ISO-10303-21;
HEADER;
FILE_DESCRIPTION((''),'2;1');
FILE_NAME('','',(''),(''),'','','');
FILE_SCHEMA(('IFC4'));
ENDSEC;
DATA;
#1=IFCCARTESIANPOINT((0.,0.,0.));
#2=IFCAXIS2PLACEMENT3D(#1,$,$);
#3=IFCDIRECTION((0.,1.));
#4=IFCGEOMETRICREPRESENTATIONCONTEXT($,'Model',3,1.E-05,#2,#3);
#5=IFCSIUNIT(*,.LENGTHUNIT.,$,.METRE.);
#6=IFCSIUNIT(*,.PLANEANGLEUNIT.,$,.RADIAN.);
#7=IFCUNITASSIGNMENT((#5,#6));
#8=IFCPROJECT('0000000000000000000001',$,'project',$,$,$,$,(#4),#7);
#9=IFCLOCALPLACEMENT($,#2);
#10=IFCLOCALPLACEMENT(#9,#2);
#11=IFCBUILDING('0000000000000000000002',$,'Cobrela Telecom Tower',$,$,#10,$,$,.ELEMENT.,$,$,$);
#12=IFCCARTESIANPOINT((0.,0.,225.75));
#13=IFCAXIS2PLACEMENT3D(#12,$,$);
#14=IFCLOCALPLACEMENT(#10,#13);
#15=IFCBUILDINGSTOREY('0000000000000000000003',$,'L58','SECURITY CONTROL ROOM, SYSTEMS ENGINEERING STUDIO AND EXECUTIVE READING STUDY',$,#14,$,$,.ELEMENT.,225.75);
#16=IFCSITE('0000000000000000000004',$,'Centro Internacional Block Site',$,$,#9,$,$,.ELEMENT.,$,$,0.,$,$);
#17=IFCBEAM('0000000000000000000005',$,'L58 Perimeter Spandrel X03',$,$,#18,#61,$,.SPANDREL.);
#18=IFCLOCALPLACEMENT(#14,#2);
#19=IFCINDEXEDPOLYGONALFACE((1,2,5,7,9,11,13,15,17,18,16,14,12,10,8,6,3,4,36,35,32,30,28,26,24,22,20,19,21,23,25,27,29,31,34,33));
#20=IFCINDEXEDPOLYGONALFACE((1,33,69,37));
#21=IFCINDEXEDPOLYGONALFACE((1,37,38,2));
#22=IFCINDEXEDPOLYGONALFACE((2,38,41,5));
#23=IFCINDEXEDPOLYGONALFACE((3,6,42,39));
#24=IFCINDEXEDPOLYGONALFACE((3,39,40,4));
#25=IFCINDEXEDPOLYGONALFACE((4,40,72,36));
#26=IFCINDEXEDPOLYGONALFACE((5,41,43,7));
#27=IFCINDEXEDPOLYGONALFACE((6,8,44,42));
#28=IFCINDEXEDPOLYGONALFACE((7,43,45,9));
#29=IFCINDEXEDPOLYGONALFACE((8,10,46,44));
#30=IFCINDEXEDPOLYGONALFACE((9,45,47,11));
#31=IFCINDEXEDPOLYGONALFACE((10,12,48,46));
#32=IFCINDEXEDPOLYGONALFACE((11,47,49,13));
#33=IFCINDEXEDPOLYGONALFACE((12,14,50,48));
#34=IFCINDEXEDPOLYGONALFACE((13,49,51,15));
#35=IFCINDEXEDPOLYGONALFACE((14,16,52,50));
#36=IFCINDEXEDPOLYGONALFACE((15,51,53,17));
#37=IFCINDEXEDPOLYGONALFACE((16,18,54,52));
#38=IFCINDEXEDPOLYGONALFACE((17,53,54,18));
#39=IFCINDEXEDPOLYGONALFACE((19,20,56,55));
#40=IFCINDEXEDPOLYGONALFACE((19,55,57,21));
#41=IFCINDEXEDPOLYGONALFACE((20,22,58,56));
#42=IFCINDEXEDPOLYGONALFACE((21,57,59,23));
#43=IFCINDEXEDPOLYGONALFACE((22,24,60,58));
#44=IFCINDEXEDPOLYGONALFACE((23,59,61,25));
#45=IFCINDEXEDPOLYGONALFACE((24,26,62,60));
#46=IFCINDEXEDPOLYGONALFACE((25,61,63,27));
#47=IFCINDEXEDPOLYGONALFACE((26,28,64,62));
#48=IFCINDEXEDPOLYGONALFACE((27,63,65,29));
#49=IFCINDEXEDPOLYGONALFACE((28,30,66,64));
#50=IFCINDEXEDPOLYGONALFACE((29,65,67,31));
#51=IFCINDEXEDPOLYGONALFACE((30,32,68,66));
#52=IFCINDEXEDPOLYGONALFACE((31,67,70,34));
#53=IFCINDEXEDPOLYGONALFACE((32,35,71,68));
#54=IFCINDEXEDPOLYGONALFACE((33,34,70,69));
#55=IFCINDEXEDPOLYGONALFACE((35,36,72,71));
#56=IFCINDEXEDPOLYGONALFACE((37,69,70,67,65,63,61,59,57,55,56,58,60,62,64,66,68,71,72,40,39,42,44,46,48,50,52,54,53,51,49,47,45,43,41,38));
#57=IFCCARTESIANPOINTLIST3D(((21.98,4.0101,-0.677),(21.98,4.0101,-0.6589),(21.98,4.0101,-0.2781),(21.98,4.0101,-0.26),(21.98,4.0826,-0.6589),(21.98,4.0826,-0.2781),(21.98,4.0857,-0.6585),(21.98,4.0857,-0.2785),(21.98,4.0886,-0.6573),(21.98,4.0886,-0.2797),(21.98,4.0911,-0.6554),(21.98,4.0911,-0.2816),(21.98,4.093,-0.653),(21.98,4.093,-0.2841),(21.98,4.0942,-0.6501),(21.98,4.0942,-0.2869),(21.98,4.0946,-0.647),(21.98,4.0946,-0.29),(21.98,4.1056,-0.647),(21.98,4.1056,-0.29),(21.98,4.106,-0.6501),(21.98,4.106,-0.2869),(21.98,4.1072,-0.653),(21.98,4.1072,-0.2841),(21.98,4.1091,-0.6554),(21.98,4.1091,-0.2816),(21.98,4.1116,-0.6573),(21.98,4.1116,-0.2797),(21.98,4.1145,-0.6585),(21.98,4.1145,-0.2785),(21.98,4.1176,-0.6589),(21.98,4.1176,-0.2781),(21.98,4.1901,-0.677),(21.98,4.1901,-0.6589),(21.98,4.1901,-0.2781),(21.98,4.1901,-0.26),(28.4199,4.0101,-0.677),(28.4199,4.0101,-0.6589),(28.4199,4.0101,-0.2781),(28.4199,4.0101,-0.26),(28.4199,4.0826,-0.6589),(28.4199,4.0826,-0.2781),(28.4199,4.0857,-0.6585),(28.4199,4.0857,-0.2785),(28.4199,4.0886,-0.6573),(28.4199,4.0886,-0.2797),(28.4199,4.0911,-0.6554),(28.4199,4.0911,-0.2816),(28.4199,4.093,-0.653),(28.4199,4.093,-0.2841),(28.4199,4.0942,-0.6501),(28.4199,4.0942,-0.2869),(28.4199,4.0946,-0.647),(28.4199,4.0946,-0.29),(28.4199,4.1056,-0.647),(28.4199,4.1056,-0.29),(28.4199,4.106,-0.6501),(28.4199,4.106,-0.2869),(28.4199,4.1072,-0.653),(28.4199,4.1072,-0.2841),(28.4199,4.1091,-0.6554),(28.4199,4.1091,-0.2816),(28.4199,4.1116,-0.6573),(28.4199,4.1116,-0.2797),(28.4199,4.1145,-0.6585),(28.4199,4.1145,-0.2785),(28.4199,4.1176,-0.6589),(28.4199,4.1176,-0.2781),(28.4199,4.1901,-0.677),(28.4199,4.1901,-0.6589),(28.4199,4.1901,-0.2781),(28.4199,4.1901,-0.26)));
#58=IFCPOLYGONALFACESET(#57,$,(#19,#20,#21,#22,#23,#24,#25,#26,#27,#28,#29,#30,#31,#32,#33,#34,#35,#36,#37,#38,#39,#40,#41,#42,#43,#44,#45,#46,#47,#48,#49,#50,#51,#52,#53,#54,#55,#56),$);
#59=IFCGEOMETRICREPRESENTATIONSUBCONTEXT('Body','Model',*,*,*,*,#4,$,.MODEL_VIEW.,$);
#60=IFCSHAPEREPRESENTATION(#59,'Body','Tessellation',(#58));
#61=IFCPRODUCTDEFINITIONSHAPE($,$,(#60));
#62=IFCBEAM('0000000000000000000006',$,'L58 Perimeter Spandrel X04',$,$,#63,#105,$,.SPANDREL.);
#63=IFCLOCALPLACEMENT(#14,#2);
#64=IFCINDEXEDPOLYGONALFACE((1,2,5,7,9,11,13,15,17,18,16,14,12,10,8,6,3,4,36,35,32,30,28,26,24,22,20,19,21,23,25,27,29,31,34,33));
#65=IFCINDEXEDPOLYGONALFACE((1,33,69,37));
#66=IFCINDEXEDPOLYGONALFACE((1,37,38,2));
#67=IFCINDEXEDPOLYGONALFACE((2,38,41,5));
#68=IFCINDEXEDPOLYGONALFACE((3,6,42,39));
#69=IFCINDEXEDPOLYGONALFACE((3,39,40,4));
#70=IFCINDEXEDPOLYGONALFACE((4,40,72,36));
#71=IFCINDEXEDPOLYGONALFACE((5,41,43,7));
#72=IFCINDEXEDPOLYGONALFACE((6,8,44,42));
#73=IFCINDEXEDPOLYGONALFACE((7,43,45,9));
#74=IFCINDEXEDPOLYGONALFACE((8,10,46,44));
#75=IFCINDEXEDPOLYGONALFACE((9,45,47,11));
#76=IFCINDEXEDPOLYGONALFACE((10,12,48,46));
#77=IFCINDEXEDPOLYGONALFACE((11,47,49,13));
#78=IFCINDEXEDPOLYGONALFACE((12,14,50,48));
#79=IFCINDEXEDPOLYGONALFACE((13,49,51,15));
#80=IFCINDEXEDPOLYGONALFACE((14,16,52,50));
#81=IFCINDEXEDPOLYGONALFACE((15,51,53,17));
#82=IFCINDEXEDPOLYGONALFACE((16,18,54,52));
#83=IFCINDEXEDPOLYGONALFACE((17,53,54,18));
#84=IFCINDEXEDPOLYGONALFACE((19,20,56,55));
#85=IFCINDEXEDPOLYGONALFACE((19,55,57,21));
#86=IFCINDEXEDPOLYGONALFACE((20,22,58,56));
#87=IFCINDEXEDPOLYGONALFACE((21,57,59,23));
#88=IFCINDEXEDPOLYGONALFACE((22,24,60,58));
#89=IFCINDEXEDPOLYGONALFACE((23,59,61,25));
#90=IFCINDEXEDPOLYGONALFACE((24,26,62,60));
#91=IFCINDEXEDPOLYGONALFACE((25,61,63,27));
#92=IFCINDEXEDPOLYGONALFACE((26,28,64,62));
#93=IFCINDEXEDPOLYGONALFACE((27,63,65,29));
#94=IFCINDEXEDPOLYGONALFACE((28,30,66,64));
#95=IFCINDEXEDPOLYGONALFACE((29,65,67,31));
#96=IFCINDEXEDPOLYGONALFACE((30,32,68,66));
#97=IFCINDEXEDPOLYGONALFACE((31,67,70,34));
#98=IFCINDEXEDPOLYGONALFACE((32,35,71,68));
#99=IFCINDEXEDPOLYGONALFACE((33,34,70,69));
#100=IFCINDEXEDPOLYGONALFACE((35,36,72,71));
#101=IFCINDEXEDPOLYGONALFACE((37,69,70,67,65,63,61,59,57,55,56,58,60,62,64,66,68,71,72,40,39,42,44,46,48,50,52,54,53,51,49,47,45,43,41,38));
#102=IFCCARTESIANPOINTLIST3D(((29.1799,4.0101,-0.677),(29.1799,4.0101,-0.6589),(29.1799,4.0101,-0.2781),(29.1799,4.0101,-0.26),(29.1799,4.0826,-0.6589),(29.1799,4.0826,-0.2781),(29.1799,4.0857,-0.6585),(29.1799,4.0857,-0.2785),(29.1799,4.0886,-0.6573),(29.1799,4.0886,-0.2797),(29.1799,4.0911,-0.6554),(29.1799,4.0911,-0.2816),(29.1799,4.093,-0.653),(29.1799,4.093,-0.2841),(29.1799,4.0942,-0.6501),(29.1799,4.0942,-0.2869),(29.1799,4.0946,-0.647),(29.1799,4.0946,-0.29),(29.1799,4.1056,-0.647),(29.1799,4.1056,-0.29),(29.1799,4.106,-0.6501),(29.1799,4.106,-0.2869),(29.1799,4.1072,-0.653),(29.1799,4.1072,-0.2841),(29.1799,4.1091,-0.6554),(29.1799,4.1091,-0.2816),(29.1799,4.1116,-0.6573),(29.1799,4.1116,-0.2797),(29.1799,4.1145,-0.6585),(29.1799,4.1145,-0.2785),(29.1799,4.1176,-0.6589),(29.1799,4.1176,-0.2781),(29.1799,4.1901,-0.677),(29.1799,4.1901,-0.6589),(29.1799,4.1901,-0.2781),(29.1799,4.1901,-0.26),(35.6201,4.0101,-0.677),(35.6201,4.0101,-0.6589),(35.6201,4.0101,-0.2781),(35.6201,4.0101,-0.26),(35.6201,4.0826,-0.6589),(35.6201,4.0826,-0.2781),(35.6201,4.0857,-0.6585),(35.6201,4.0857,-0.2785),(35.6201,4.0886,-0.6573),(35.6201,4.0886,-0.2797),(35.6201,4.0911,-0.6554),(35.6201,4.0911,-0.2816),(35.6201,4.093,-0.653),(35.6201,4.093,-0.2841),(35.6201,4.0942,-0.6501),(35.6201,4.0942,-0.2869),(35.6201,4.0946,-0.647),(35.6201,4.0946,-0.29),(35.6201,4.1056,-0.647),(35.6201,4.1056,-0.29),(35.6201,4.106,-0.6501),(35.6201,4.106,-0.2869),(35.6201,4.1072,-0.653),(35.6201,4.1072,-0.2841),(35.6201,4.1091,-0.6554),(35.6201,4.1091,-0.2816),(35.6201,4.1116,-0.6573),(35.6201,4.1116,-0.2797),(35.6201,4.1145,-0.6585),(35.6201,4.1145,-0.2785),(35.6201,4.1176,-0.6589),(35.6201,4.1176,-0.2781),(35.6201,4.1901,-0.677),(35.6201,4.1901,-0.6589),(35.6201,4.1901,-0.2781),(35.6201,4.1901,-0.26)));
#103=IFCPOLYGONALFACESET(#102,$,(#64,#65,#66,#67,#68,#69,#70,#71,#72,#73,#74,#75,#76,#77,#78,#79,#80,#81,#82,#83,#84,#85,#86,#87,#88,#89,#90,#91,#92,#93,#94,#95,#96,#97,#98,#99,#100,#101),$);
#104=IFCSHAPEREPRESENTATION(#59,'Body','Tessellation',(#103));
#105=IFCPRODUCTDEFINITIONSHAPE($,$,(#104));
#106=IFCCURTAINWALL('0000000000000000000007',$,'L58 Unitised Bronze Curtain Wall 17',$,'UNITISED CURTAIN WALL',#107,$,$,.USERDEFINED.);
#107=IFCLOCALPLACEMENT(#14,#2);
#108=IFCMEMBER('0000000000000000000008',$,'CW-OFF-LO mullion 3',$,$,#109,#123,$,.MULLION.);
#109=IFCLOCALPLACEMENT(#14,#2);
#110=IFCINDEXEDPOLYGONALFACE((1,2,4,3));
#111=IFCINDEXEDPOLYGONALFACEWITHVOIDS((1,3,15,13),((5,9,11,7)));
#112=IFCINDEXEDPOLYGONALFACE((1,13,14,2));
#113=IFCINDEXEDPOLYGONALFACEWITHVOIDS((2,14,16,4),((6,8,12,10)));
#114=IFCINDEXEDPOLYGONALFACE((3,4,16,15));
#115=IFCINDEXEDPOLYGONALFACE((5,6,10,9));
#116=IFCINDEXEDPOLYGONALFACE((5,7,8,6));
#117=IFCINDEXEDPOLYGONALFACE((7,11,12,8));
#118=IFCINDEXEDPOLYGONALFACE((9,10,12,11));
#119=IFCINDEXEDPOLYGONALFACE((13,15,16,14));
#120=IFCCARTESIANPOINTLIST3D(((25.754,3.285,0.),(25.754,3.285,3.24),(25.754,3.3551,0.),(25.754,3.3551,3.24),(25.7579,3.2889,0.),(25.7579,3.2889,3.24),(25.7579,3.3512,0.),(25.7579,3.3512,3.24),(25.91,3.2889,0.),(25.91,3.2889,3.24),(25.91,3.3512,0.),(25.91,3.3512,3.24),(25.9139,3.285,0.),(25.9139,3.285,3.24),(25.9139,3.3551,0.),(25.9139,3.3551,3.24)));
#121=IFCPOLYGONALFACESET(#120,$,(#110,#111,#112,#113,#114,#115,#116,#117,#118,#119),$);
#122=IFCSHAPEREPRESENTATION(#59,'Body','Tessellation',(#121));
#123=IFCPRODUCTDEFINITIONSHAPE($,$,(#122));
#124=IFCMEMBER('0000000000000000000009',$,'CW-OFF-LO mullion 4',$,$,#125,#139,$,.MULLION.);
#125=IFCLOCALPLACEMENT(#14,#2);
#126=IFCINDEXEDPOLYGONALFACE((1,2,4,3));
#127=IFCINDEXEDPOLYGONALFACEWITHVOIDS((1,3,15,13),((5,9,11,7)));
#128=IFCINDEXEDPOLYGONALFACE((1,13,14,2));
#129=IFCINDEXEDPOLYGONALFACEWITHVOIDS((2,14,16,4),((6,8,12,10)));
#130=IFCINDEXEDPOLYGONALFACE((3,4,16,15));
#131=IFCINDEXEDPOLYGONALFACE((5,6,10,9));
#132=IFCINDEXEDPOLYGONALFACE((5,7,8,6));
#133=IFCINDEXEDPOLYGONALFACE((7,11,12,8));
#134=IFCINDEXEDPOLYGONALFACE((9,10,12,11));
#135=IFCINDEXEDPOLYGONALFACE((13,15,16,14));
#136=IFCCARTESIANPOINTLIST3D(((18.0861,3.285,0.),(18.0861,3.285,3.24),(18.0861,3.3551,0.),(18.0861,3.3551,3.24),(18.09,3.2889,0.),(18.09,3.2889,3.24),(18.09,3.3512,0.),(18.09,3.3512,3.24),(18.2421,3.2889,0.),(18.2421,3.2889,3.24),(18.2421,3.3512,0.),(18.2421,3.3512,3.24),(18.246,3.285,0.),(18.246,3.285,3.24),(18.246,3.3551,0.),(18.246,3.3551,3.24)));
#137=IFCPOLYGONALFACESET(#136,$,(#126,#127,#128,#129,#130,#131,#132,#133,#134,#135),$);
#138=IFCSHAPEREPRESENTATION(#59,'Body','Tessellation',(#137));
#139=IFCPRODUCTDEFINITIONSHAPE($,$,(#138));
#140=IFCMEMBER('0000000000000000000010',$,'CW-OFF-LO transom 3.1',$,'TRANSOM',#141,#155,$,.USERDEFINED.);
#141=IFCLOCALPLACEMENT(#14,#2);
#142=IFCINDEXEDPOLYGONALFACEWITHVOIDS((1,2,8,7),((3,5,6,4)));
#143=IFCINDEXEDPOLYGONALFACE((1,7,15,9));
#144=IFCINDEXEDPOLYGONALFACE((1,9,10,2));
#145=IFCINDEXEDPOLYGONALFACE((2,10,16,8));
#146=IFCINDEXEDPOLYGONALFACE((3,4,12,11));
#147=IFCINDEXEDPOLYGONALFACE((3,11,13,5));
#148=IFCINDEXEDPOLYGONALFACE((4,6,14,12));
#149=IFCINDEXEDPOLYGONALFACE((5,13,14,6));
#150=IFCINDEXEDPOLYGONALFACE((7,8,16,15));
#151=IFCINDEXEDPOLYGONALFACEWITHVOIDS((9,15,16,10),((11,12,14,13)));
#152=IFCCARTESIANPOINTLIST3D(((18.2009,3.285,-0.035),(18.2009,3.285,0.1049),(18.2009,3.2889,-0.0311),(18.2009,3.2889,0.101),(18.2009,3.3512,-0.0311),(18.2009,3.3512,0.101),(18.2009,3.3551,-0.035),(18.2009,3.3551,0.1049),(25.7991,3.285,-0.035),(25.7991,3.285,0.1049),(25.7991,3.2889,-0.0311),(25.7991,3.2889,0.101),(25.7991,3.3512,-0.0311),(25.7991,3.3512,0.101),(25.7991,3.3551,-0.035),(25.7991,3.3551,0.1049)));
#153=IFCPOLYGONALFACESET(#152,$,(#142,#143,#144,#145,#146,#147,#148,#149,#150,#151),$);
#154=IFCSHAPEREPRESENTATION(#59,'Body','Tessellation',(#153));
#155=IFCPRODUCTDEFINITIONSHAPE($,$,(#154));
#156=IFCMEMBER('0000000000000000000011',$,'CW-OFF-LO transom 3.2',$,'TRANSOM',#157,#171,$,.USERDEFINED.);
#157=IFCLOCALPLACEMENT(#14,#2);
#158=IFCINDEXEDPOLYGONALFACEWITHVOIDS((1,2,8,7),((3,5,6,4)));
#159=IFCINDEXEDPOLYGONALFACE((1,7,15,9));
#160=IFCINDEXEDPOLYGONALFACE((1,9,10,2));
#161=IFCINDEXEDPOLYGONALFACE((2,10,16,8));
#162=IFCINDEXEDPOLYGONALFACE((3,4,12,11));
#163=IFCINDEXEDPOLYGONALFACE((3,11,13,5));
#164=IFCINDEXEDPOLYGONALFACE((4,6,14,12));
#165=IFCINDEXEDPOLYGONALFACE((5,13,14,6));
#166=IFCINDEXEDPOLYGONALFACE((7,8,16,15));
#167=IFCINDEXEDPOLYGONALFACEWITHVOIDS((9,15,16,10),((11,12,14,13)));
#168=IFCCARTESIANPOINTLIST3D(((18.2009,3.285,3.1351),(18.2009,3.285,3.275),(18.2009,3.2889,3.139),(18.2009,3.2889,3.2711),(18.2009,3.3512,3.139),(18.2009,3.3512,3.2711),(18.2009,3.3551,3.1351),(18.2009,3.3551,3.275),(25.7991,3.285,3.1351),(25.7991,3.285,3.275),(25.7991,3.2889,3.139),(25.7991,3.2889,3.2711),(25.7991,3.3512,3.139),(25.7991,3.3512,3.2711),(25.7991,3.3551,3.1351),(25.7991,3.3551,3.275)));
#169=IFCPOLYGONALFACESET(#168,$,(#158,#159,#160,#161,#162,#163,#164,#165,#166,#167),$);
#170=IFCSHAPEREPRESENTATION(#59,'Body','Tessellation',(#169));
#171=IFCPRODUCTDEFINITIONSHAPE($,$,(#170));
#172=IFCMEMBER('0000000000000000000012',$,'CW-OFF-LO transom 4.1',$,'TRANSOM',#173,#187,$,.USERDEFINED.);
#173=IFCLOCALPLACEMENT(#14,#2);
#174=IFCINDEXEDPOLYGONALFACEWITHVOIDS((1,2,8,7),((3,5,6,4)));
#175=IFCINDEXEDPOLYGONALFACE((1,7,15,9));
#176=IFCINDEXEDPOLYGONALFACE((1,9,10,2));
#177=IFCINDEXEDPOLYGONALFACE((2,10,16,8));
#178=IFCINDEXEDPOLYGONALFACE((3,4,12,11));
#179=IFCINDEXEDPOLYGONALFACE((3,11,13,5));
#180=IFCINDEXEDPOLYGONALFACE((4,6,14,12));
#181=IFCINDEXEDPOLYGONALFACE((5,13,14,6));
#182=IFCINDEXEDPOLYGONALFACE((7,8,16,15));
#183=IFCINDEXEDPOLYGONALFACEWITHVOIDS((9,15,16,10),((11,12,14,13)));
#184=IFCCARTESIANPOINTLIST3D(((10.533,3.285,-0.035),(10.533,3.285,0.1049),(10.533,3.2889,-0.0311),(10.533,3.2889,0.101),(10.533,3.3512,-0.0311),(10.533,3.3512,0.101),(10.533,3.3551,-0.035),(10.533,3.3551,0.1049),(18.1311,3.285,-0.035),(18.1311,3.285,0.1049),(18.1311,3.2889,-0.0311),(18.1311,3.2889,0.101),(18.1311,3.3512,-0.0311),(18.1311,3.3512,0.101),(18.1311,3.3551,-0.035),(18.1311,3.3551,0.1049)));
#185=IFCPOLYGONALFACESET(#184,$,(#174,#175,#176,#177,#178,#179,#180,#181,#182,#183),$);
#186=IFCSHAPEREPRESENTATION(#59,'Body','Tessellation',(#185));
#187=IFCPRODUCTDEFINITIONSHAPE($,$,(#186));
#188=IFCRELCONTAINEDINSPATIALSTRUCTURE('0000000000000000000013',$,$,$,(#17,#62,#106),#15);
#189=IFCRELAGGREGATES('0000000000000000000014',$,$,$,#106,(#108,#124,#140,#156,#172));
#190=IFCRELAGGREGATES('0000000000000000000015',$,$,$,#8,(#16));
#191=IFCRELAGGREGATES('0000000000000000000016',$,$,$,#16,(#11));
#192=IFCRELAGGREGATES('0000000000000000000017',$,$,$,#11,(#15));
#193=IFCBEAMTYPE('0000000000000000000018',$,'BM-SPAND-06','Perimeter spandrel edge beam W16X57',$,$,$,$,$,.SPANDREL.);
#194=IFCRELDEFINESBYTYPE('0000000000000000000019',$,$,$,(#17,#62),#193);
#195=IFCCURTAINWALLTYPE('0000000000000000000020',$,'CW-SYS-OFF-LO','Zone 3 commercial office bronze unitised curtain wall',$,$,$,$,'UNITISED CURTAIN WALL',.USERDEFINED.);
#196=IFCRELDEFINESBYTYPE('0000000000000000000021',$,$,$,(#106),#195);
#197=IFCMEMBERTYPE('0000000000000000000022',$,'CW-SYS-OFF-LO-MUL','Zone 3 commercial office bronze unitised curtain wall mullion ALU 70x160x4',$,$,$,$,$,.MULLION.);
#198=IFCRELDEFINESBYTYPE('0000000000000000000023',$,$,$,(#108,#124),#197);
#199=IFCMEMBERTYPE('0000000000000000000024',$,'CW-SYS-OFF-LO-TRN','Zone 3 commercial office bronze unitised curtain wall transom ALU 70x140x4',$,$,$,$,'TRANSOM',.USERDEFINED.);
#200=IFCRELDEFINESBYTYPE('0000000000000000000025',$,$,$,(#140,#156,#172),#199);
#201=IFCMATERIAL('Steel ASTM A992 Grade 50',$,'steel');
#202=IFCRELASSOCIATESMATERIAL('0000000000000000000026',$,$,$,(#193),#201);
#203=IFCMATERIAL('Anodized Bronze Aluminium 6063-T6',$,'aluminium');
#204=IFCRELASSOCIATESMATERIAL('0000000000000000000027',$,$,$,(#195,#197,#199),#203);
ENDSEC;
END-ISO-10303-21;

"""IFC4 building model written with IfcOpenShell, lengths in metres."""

from ifc_helpers import new_model, si_unit, direction, frame, origin, origin_2d, place, context, subcontext, project, spatial, hollow_rectangle, i_section, extrude, material, material_profile, profile_set, type_object, element, aggregate, save


model = new_model("IFC4")

# Units and contexts
model_context = context("Model", 3, precision=1e-05, world=origin(), true_north=direction((0.0, 1.0)))
body_context = subcontext(model_context, "Body", "Model", "MODEL_VIEW")
ifc_project = project(units=[si_unit("LENGTHUNIT", "METRE"), si_unit("PLANEANGLEUNIT", "RADIAN")], contexts=[model_context])

# Site, building, storey
site_placement = place(None, origin())
site = spatial("IfcSite", under=ifc_project, at=site_placement, Name="Centro Internacional Block Site", CompositionType="ELEMENT", RefElevation=0.0)
building_placement = place(site_placement, origin())
building = spatial("IfcBuilding", under=site, at=building_placement, Name="Cobrela Telecom Tower", CompositionType="ELEMENT")
storey_placement = place(building_placement, frame((0.0, 0.0, 225.75)))
storey = spatial("IfcBuildingStorey", under=building, at=storey_placement, Name="L58", Description="SECURITY CONTROL ROOM, SYSTEMS ENGINEERING STUDIO AND EXECUTIVE READING STUDY", CompositionType="ELEMENT", Elevation=225.75)

# Shared definitions
ifc_material_1 = material(Name="Steel ASTM A992 Grade 50", Category="steel")

# Beams
ifc_material_profile_1 = material_profile(ifc_material_1, i_section(OverallWidth=0.1799, OverallDepth=0.417, WebThickness=0.011, FlangeThickness=0.0181, FilletRadius=0.012, at=origin_2d()), Name="W16X57")
ifc_profile_set_1 = profile_set([ifc_material_profile_1], Name="Steel ASTM A992 Grade 50")
beam_type_1 = type_object("IfcBeamType", Name="BM-SPAND-06", Description="Perimeter spandrel edge beam W16X57", PredefinedType="SPANDREL", material=ifc_profile_set_1)
beam_1_placement = place(storey_placement, frame((21.98, 4.1001, -0.4685), z_axis=(1.0, 0.0, 0.0), x_axis=(0.0, 1.0, 0.0)))
element("IfcBeam", 1, at=beam_1_placement, inside=storey, type_object=beam_type_1, Name="L58 Perimeter Spandrel X03", PredefinedType="SPANDREL", context=body_context, shape_type="SweptSolid", body=[
    extrude(i_section(OverallWidth=0.1799, OverallDepth=0.417, WebThickness=0.011, FlangeThickness=0.0181, FilletRadius=0.012, at=origin_2d()), origin(), (0.0, 0.0, 1.0), 6.4399),
])
beam_2_placement = place(storey_placement, frame((29.1799, 4.1001, -0.4685), z_axis=(1.0, 0.0, 0.0), x_axis=(0.0, 1.0, 0.0)))
element("IfcBeam", 2, at=beam_2_placement, inside=storey, type_object=beam_type_1, Name="L58 Perimeter Spandrel X04", PredefinedType="SPANDREL", context=body_context, shape_type="SweptSolid", body=[
    extrude(i_section(OverallWidth=0.1799, OverallDepth=0.417, WebThickness=0.011, FlangeThickness=0.0181, FilletRadius=0.012, at=origin_2d()), origin(), (0.0, 0.0, 1.0), 6.4402),
])

# Curtain wall, members
ifc_material_2 = material(Name="Anodized Bronze Aluminium 6063-T6", Category="aluminium")
curtain_wall_type = type_object("IfcCurtainWallType", Name="CW-SYS-OFF-LO", Description="Zone 3 commercial office bronze unitised curtain wall", ElementType="UNITISED CURTAIN WALL", PredefinedType="USERDEFINED", material=ifc_material_2)
curtain_wall_placement = place(storey_placement, origin())
curtain_wall = element("IfcCurtainWall", 3, at=curtain_wall_placement, inside=storey, type_object=curtain_wall_type, Name="L58 Unitised Bronze Curtain Wall 17", ObjectType="UNITISED CURTAIN WALL", PredefinedType="USERDEFINED")
ifc_material_profile_2 = material_profile(ifc_material_2, hollow_rectangle(XDim=0.0701, YDim=0.1599, WallThickness=0.0039, at=origin_2d()), Name="ALU 70x160x4")
ifc_profile_set_2 = profile_set([ifc_material_profile_2], Name="Anodized Bronze Aluminium 6063-T6")
member_type_1 = type_object("IfcMemberType", Name="CW-SYS-OFF-LO-MUL", Description="Zone 3 commercial office bronze unitised curtain wall mullion ALU 70x160x4", PredefinedType="MULLION", material=ifc_profile_set_2)
member_1_placement = place(storey_placement, frame((25.834, 3.3201, 0.0), z_axis=(0.0, 0.0, 1.0), x_axis=(0.0, -1.0, 0.0)))
member_1 = element("IfcMember", 4, at=member_1_placement, type_object=member_type_1, Name="CW-OFF-LO mullion 3", PredefinedType="MULLION", context=body_context, shape_type="SweptSolid", body=[
    extrude(hollow_rectangle(XDim=0.0701, YDim=0.1599, WallThickness=0.0039, at=origin_2d()), origin(), (0.0, 0.0, 1.0), 3.24),
])
member_2_placement = place(storey_placement, frame((18.166, 3.3201, 0.0), z_axis=(0.0, 0.0, 1.0), x_axis=(0.0, -1.0, 0.0)))
member_2 = element("IfcMember", 5, at=member_2_placement, type_object=member_type_1, Name="CW-OFF-LO mullion 4", PredefinedType="MULLION", context=body_context, shape_type="SweptSolid", body=[
    extrude(hollow_rectangle(XDim=0.0701, YDim=0.1599, WallThickness=0.0039, at=origin_2d()), origin(), (0.0, 0.0, 1.0), 3.24),
])
ifc_material_profile_3 = material_profile(ifc_material_2, hollow_rectangle(XDim=0.0701, YDim=0.1399, WallThickness=0.0039, at=origin_2d()), Name="ALU 70x140x4")
ifc_profile_set_3 = profile_set([ifc_material_profile_3], Name="Anodized Bronze Aluminium 6063-T6")
member_type_2 = type_object("IfcMemberType", Name="CW-SYS-OFF-LO-TRN", Description="Zone 3 commercial office bronze unitised curtain wall transom ALU 70x140x4", ElementType="TRANSOM", PredefinedType="USERDEFINED", material=ifc_profile_set_3)
member_3_placement = place(storey_placement, frame((25.7991, 3.3201, 0.0349), z_axis=(-1.0, 0.0, 0.0), x_axis=(0.0, -1.0, 0.0)))
member_3 = element("IfcMember", 6, at=member_3_placement, type_object=member_type_2, Name="CW-OFF-LO transom 3.1", ObjectType="TRANSOM", PredefinedType="USERDEFINED", context=body_context, shape_type="SweptSolid", body=[
    extrude(hollow_rectangle(XDim=0.0701, YDim=0.1399, WallThickness=0.0039, at=origin_2d()), origin(), (0.0, 0.0, 1.0), 7.5981),
])
member_4_placement = place(storey_placement, frame((25.7991, 3.3201, 3.2051), z_axis=(-1.0, 0.0, 0.0), x_axis=(0.0, -1.0, 0.0)))
member_4 = element("IfcMember", 7, at=member_4_placement, type_object=member_type_2, Name="CW-OFF-LO transom 3.2", ObjectType="TRANSOM", PredefinedType="USERDEFINED", context=body_context, shape_type="SweptSolid", body=[
    extrude(hollow_rectangle(XDim=0.0701, YDim=0.1399, WallThickness=0.0039, at=origin_2d()), origin(), (0.0, 0.0, 1.0), 7.5981),
])
member_5_placement = place(storey_placement, frame((18.1311, 3.3201, 0.0349), z_axis=(-1.0, 0.0, 0.0), x_axis=(0.0, -1.0, 0.0)))
member_5 = element("IfcMember", 8, at=member_5_placement, type_object=member_type_2, Name="CW-OFF-LO transom 4.1", ObjectType="TRANSOM", PredefinedType="USERDEFINED", context=body_context, shape_type="SweptSolid", body=[
    extrude(hollow_rectangle(XDim=0.0701, YDim=0.1399, WallThickness=0.0039, at=origin_2d()), origin(), (0.0, 0.0, 1.0), 7.5981),
])
aggregate(curtain_wall, [member_1, member_2, member_3, member_4, member_5])

save(model, "model.ifc")
